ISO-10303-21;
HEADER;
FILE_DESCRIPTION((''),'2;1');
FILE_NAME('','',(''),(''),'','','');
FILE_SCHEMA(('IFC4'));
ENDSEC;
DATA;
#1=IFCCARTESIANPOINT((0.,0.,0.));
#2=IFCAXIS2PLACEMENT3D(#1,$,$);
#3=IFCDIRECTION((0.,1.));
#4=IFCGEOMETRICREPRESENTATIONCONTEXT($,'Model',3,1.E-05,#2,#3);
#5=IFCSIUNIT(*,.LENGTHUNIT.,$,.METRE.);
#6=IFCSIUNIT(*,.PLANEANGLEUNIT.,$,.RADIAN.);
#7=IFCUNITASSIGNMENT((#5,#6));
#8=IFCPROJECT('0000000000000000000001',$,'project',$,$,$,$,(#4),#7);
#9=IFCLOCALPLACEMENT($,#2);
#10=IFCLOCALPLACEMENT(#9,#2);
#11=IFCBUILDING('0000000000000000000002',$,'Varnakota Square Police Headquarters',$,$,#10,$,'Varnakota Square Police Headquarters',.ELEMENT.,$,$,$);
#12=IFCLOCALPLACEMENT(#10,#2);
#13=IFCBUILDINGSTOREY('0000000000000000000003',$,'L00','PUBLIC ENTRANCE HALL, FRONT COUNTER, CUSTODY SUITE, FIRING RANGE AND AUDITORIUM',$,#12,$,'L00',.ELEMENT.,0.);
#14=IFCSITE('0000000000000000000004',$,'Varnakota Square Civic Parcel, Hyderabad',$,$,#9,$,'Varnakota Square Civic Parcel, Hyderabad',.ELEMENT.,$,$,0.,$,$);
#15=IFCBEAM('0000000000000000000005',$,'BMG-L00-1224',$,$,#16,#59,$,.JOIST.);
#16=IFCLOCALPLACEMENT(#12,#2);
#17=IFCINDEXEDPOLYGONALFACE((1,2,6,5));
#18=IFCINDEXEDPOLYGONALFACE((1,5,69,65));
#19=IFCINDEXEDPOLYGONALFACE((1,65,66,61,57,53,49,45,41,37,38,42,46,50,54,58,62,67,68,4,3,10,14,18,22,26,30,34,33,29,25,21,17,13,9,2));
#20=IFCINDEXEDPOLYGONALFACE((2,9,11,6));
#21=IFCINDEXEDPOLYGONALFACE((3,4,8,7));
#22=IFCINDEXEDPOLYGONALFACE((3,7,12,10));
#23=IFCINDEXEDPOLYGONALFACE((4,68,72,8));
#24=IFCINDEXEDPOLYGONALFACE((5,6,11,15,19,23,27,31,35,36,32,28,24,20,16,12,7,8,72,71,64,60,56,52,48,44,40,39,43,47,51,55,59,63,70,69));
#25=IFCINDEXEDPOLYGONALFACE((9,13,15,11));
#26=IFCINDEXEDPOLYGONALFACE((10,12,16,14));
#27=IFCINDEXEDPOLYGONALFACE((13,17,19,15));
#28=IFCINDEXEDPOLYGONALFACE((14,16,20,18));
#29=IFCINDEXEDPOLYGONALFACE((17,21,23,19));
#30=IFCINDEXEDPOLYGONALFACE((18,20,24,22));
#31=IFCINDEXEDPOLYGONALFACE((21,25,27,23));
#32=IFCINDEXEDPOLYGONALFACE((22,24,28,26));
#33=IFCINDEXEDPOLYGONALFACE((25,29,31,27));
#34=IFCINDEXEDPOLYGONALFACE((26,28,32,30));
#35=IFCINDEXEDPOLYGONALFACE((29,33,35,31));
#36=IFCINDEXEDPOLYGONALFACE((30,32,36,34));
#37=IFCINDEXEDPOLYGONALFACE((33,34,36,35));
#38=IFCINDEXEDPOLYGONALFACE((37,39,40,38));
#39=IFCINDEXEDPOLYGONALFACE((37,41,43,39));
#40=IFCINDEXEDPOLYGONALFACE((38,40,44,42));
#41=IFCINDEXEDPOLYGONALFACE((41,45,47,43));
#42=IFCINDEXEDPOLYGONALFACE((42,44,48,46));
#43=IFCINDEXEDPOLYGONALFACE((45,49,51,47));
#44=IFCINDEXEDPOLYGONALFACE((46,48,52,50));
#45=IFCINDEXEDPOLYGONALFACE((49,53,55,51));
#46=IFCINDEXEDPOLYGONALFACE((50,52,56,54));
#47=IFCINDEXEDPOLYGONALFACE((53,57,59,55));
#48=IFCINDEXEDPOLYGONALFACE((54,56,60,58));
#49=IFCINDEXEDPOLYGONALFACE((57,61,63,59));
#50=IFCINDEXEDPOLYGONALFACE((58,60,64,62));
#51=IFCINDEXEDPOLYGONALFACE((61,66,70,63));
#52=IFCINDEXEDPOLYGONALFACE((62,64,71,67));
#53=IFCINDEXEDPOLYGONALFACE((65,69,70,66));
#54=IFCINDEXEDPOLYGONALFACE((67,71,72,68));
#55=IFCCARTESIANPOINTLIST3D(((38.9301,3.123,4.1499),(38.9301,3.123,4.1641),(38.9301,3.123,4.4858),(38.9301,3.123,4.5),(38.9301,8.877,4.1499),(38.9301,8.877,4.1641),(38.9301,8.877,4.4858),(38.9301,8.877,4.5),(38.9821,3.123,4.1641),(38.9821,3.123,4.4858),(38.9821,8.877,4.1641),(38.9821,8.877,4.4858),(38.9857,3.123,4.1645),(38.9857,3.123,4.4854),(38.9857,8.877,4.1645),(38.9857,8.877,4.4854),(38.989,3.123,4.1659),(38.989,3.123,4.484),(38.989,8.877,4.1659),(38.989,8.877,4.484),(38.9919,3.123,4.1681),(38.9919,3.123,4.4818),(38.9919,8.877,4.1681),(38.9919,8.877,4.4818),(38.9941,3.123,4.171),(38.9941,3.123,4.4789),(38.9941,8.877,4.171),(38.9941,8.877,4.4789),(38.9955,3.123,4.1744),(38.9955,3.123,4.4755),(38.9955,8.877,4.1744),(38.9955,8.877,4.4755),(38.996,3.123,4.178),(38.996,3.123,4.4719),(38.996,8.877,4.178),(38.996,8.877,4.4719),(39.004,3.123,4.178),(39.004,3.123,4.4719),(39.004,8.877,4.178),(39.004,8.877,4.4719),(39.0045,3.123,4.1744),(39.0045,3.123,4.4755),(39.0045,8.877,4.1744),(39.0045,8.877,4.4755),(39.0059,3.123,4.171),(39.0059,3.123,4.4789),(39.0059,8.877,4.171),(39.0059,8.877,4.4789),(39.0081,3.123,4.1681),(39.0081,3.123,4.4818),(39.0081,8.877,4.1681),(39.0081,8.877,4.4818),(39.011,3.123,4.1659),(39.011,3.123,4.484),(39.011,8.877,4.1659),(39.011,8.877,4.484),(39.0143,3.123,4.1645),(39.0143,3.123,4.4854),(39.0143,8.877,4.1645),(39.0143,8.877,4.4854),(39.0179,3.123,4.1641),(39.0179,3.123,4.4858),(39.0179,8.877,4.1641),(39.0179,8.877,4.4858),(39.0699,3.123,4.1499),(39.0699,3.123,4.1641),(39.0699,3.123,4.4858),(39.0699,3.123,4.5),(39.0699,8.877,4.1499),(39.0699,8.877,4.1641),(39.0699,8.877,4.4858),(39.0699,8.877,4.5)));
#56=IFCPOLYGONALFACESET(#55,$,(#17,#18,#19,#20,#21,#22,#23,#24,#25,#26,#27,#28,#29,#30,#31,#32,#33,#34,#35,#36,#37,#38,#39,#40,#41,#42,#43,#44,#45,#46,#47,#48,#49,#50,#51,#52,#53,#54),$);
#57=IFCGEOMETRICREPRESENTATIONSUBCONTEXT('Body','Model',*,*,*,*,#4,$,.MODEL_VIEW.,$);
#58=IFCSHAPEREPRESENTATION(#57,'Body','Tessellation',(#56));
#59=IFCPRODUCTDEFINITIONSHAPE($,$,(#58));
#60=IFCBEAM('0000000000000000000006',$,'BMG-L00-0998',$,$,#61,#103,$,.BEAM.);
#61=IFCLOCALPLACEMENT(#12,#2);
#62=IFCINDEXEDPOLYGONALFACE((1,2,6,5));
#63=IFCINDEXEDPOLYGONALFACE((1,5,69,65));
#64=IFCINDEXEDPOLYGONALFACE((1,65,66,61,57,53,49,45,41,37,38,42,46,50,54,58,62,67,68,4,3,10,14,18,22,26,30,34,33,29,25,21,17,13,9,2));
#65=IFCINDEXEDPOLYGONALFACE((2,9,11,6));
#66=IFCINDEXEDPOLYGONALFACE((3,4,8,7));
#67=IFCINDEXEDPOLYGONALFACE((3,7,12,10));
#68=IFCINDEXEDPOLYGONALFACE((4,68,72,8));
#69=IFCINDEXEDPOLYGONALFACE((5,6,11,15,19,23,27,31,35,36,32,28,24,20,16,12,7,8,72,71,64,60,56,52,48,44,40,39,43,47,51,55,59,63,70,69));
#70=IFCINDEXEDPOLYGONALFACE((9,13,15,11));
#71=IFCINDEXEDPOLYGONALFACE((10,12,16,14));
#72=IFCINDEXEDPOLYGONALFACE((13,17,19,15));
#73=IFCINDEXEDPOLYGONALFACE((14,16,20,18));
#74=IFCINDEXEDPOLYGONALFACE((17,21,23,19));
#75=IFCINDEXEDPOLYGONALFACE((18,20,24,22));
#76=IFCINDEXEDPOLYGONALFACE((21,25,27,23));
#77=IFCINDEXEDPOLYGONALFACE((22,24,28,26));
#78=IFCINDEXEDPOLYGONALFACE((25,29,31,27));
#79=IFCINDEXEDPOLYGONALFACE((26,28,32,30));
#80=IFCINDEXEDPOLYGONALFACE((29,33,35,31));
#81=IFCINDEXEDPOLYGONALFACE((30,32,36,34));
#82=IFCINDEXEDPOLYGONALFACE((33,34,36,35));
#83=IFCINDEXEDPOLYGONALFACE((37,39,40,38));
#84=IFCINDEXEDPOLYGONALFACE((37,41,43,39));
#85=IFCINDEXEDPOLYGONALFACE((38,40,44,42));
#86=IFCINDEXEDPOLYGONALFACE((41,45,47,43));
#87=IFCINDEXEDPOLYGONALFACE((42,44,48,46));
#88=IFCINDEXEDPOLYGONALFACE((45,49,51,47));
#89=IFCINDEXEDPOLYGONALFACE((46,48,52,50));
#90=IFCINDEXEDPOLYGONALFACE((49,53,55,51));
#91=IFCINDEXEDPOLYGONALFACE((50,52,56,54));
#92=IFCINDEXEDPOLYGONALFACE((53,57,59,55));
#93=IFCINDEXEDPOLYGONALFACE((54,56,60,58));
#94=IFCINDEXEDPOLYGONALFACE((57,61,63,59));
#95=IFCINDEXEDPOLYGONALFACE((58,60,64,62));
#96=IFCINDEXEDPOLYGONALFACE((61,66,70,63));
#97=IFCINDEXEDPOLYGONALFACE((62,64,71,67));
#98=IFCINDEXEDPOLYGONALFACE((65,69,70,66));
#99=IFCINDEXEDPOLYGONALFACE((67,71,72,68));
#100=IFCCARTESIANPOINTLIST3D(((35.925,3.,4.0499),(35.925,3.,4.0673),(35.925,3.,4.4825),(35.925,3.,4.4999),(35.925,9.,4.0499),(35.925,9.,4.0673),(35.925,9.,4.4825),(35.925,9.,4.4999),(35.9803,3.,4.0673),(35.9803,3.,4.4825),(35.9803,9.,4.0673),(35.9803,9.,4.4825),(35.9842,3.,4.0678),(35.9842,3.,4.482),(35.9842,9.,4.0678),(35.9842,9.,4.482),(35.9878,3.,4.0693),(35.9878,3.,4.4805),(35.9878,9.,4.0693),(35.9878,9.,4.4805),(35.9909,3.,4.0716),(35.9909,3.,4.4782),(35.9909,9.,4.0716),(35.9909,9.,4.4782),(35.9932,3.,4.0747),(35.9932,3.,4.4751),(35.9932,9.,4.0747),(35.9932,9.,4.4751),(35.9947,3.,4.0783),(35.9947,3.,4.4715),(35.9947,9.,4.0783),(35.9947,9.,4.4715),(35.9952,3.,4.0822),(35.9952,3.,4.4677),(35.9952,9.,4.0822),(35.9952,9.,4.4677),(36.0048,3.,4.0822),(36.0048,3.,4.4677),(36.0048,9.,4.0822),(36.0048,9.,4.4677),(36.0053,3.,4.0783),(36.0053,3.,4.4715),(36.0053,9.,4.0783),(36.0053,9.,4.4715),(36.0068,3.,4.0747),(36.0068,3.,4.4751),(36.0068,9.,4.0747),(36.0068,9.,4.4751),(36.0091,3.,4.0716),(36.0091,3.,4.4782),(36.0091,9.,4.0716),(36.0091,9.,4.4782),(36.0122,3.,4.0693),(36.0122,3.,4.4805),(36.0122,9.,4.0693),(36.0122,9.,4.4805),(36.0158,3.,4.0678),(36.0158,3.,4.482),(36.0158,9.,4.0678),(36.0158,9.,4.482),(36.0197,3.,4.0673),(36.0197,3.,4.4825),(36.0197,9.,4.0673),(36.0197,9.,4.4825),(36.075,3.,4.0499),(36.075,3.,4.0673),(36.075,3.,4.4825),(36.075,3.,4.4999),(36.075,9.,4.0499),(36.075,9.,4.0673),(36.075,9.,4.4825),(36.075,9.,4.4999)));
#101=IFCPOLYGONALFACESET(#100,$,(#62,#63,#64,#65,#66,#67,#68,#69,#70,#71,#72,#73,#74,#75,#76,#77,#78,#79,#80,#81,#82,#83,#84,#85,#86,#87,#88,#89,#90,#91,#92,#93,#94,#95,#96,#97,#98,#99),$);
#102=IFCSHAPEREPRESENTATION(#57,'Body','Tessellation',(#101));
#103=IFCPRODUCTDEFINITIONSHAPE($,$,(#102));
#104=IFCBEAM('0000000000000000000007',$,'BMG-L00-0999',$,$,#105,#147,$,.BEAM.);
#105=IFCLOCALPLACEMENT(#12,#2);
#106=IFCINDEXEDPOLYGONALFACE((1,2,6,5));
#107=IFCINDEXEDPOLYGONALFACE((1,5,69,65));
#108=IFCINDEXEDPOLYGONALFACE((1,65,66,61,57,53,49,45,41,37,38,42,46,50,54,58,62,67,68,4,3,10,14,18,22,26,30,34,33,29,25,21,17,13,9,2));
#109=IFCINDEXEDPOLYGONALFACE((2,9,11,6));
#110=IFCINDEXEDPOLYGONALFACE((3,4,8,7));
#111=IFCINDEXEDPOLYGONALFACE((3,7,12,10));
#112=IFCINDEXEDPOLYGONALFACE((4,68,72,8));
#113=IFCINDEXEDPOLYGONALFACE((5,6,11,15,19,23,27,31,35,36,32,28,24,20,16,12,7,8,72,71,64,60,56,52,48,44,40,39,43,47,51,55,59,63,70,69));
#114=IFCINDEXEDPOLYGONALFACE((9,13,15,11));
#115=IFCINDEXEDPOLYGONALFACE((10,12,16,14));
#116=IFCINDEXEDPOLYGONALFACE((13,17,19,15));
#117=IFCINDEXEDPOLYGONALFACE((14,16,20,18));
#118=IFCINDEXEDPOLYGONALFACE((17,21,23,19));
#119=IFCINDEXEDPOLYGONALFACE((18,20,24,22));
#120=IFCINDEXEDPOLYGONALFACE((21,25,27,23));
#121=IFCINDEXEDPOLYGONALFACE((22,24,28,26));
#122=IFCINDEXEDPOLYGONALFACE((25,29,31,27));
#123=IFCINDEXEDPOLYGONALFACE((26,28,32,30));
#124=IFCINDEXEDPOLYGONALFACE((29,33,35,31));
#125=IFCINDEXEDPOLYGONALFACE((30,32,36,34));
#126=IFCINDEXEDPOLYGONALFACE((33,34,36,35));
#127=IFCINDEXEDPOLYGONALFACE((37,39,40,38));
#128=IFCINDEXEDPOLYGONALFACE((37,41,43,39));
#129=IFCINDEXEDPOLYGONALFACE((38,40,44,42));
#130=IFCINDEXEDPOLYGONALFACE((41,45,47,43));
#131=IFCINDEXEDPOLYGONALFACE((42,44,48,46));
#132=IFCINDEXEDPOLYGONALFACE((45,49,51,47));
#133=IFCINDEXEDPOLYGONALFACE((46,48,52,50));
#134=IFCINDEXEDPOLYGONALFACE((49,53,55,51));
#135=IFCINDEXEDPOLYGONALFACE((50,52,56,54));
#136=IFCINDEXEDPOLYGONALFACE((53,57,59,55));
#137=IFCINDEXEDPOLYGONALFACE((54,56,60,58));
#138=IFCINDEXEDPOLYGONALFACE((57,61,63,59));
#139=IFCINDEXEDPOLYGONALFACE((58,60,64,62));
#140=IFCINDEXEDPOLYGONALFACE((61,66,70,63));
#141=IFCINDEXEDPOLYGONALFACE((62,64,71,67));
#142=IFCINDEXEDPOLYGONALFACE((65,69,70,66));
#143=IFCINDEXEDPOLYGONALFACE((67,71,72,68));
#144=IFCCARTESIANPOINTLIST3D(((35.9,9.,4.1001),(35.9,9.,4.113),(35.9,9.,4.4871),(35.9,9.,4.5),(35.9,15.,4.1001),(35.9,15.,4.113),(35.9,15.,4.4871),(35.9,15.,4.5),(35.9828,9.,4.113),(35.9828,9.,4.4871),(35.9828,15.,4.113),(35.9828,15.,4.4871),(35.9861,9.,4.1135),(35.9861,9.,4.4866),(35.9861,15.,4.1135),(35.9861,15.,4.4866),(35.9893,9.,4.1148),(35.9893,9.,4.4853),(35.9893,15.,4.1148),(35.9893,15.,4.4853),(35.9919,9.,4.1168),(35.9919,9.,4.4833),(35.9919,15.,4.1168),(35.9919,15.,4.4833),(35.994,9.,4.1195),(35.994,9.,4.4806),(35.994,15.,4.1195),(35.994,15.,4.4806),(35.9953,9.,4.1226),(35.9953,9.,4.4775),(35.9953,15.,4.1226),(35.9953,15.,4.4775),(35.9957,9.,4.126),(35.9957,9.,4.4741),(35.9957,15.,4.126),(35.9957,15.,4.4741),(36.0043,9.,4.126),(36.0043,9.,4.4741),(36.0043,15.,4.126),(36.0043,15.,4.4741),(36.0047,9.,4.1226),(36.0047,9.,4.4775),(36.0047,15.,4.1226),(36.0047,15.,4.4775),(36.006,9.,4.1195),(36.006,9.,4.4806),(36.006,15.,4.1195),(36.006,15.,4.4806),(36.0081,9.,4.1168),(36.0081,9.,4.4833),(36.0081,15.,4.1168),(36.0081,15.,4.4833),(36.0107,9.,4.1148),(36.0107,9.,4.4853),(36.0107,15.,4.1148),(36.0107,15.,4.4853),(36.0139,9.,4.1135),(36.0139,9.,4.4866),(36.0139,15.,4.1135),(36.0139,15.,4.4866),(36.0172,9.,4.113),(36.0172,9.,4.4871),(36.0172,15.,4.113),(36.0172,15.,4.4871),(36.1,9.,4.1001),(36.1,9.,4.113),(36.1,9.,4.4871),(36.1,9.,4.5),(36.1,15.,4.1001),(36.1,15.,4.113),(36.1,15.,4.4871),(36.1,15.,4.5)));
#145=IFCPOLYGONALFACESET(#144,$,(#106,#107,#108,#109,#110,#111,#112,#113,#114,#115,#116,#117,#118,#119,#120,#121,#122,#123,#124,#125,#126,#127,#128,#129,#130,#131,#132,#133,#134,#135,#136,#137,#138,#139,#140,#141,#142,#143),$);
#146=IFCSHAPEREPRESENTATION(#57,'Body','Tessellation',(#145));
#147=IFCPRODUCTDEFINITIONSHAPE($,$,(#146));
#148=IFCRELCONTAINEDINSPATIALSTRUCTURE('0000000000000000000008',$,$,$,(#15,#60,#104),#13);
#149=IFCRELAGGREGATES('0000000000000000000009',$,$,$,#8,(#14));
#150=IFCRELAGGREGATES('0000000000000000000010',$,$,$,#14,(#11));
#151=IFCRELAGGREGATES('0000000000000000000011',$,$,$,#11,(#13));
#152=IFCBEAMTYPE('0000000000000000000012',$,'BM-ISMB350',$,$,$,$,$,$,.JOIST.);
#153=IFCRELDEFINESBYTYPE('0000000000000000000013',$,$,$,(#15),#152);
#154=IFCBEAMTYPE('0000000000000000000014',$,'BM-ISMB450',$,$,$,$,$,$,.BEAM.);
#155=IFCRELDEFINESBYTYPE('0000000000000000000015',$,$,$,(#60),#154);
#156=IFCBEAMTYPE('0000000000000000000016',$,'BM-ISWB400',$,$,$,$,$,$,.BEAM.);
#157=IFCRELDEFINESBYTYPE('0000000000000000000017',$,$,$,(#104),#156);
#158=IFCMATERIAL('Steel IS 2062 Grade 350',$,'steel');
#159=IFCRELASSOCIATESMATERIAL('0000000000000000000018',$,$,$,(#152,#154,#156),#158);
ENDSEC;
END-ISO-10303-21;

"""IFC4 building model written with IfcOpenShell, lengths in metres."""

from ifc_helpers import new_model, si_unit, direction, frame, origin, origin_2d, place, context, subcontext, project, spatial, i_section, extrude, material, material_profile, profile_set, type_object, element, save


model = new_model("IFC4")

# Units and contexts
model_context = context("Model", 3, precision=1e-05, world=origin(), true_north=direction((0.0, 1.0)))
body_context = subcontext(model_context, "Body", "Model", "MODEL_VIEW")
ifc_project = project(units=[si_unit("LENGTHUNIT", "METRE"), si_unit("PLANEANGLEUNIT", "RADIAN")], contexts=[model_context])

# Site, building, storey
site_placement = place(None, origin())
site = spatial("IfcSite", under=ifc_project, at=site_placement, Name="Varnakota Square Civic Parcel, Hyderabad", LongName="Varnakota Square Civic Parcel, Hyderabad", CompositionType="ELEMENT", RefElevation=0.0)
building_placement = place(site_placement, origin())
building = spatial("IfcBuilding", under=site, at=building_placement, Name="Varnakota Square Police Headquarters", LongName="Varnakota Square Police Headquarters", CompositionType="ELEMENT")
storey_placement = place(building_placement, origin())
storey = spatial("IfcBuildingStorey", under=building, at=storey_placement, Name="L00", Description="PUBLIC ENTRANCE HALL, FRONT COUNTER, CUSTODY SUITE, FIRING RANGE AND AUDITORIUM", LongName="L00", CompositionType="ELEMENT", Elevation=0.0)

# Beams
ifc_material_1 = material(Name="Steel IS 2062 Grade 350", Category="steel")
ifc_material_profile_1 = material_profile(ifc_material_1, i_section(OverallWidth=0.1399, OverallDepth=0.3501, WebThickness=0.0081, FlangeThickness=0.0142, FilletRadius=0.0139, at=origin_2d()), Name="ISMB 350")
ifc_profile_set_1 = profile_set([ifc_material_profile_1], Name="Steel IS 2062 Grade 350")
beam_type_1 = type_object("IfcBeamType", Name="BM-ISMB350", PredefinedType="JOIST", material=ifc_profile_set_1)
for number, where, z_axis, x_axis, name in (
    (1, (39.0, 3.123, 4.325), (0.0, 1.0, 0.0), (-1.0, 0.0, 0.0), "BMG-L00-1224"),
):
    element("IfcBeam", number, at=place(storey_placement, frame(where, z_axis=z_axis, x_axis=x_axis)), inside=storey, type_object=beam_type_1, Name=name, PredefinedType="JOIST", context=body_context, shape_type="SweptSolid", body=[
        extrude(i_section(OverallWidth=0.1399, OverallDepth=0.3501, WebThickness=0.0081, FlangeThickness=0.0142, FilletRadius=0.0139, at=origin_2d()), origin(), (0.0, 0.0, 1.0), 5.7539),
    ])
ifc_material_profile_2 = material_profile(ifc_material_1, i_section(OverallWidth=0.1499, OverallDepth=0.45, WebThickness=0.0095, FlangeThickness=0.0173, FilletRadius=0.0149, at=origin_2d()), Name="ISMB 450")
ifc_profile_set_2 = profile_set([ifc_material_profile_2], Name="Steel IS 2062 Grade 350")
beam_type_2 = type_object("IfcBeamType", Name="BM-ISMB450", PredefinedType="BEAM", material=ifc_profile_set_2)
beam_1_placement = place(storey_placement, frame((36.0, 3.0, 4.2749), z_axis=(0.0, 1.0, 0.0), x_axis=(-1.0, 0.0, 0.0)))
element("IfcBeam", 2, at=beam_1_placement, inside=storey, type_object=beam_type_2, Name="BMG-L00-0998", PredefinedType="BEAM", context=body_context, shape_type="SweptSolid", body=[
    extrude(i_section(OverallWidth=0.1499, OverallDepth=0.45, WebThickness=0.0095, FlangeThickness=0.0173, FilletRadius=0.0149, at=origin_2d()), origin(), (0.0, 0.0, 1.0), 6.0),
])
ifc_material_profile_3 = material_profile(ifc_material_1, i_section(OverallWidth=0.2, OverallDepth=0.3999, WebThickness=0.0085, FlangeThickness=0.0129, FilletRadius=0.0129, at=origin_2d()), Name="ISWB 400")
ifc_profile_set_3 = profile_set([ifc_material_profile_3], Name="Steel IS 2062 Grade 350")
beam_type_3 = type_object("IfcBeamType", Name="BM-ISWB400", PredefinedType="BEAM", material=ifc_profile_set_3)
beam_2_placement = place(storey_placement, frame((36.0, 9.0, 4.3), z_axis=(0.0, 1.0, 0.0), x_axis=(-1.0, 0.0, 0.0)))
element("IfcBeam", 3, at=beam_2_placement, inside=storey, type_object=beam_type_3, Name="BMG-L00-0999", PredefinedType="BEAM", context=body_context, shape_type="SweptSolid", body=[
    extrude(i_section(OverallWidth=0.2, OverallDepth=0.3999, WebThickness=0.0085, FlangeThickness=0.0129, FilletRadius=0.0129, at=origin_2d()), origin(), (0.0, 0.0, 1.0), 6.0),
])

save(model, "model.ifc")
